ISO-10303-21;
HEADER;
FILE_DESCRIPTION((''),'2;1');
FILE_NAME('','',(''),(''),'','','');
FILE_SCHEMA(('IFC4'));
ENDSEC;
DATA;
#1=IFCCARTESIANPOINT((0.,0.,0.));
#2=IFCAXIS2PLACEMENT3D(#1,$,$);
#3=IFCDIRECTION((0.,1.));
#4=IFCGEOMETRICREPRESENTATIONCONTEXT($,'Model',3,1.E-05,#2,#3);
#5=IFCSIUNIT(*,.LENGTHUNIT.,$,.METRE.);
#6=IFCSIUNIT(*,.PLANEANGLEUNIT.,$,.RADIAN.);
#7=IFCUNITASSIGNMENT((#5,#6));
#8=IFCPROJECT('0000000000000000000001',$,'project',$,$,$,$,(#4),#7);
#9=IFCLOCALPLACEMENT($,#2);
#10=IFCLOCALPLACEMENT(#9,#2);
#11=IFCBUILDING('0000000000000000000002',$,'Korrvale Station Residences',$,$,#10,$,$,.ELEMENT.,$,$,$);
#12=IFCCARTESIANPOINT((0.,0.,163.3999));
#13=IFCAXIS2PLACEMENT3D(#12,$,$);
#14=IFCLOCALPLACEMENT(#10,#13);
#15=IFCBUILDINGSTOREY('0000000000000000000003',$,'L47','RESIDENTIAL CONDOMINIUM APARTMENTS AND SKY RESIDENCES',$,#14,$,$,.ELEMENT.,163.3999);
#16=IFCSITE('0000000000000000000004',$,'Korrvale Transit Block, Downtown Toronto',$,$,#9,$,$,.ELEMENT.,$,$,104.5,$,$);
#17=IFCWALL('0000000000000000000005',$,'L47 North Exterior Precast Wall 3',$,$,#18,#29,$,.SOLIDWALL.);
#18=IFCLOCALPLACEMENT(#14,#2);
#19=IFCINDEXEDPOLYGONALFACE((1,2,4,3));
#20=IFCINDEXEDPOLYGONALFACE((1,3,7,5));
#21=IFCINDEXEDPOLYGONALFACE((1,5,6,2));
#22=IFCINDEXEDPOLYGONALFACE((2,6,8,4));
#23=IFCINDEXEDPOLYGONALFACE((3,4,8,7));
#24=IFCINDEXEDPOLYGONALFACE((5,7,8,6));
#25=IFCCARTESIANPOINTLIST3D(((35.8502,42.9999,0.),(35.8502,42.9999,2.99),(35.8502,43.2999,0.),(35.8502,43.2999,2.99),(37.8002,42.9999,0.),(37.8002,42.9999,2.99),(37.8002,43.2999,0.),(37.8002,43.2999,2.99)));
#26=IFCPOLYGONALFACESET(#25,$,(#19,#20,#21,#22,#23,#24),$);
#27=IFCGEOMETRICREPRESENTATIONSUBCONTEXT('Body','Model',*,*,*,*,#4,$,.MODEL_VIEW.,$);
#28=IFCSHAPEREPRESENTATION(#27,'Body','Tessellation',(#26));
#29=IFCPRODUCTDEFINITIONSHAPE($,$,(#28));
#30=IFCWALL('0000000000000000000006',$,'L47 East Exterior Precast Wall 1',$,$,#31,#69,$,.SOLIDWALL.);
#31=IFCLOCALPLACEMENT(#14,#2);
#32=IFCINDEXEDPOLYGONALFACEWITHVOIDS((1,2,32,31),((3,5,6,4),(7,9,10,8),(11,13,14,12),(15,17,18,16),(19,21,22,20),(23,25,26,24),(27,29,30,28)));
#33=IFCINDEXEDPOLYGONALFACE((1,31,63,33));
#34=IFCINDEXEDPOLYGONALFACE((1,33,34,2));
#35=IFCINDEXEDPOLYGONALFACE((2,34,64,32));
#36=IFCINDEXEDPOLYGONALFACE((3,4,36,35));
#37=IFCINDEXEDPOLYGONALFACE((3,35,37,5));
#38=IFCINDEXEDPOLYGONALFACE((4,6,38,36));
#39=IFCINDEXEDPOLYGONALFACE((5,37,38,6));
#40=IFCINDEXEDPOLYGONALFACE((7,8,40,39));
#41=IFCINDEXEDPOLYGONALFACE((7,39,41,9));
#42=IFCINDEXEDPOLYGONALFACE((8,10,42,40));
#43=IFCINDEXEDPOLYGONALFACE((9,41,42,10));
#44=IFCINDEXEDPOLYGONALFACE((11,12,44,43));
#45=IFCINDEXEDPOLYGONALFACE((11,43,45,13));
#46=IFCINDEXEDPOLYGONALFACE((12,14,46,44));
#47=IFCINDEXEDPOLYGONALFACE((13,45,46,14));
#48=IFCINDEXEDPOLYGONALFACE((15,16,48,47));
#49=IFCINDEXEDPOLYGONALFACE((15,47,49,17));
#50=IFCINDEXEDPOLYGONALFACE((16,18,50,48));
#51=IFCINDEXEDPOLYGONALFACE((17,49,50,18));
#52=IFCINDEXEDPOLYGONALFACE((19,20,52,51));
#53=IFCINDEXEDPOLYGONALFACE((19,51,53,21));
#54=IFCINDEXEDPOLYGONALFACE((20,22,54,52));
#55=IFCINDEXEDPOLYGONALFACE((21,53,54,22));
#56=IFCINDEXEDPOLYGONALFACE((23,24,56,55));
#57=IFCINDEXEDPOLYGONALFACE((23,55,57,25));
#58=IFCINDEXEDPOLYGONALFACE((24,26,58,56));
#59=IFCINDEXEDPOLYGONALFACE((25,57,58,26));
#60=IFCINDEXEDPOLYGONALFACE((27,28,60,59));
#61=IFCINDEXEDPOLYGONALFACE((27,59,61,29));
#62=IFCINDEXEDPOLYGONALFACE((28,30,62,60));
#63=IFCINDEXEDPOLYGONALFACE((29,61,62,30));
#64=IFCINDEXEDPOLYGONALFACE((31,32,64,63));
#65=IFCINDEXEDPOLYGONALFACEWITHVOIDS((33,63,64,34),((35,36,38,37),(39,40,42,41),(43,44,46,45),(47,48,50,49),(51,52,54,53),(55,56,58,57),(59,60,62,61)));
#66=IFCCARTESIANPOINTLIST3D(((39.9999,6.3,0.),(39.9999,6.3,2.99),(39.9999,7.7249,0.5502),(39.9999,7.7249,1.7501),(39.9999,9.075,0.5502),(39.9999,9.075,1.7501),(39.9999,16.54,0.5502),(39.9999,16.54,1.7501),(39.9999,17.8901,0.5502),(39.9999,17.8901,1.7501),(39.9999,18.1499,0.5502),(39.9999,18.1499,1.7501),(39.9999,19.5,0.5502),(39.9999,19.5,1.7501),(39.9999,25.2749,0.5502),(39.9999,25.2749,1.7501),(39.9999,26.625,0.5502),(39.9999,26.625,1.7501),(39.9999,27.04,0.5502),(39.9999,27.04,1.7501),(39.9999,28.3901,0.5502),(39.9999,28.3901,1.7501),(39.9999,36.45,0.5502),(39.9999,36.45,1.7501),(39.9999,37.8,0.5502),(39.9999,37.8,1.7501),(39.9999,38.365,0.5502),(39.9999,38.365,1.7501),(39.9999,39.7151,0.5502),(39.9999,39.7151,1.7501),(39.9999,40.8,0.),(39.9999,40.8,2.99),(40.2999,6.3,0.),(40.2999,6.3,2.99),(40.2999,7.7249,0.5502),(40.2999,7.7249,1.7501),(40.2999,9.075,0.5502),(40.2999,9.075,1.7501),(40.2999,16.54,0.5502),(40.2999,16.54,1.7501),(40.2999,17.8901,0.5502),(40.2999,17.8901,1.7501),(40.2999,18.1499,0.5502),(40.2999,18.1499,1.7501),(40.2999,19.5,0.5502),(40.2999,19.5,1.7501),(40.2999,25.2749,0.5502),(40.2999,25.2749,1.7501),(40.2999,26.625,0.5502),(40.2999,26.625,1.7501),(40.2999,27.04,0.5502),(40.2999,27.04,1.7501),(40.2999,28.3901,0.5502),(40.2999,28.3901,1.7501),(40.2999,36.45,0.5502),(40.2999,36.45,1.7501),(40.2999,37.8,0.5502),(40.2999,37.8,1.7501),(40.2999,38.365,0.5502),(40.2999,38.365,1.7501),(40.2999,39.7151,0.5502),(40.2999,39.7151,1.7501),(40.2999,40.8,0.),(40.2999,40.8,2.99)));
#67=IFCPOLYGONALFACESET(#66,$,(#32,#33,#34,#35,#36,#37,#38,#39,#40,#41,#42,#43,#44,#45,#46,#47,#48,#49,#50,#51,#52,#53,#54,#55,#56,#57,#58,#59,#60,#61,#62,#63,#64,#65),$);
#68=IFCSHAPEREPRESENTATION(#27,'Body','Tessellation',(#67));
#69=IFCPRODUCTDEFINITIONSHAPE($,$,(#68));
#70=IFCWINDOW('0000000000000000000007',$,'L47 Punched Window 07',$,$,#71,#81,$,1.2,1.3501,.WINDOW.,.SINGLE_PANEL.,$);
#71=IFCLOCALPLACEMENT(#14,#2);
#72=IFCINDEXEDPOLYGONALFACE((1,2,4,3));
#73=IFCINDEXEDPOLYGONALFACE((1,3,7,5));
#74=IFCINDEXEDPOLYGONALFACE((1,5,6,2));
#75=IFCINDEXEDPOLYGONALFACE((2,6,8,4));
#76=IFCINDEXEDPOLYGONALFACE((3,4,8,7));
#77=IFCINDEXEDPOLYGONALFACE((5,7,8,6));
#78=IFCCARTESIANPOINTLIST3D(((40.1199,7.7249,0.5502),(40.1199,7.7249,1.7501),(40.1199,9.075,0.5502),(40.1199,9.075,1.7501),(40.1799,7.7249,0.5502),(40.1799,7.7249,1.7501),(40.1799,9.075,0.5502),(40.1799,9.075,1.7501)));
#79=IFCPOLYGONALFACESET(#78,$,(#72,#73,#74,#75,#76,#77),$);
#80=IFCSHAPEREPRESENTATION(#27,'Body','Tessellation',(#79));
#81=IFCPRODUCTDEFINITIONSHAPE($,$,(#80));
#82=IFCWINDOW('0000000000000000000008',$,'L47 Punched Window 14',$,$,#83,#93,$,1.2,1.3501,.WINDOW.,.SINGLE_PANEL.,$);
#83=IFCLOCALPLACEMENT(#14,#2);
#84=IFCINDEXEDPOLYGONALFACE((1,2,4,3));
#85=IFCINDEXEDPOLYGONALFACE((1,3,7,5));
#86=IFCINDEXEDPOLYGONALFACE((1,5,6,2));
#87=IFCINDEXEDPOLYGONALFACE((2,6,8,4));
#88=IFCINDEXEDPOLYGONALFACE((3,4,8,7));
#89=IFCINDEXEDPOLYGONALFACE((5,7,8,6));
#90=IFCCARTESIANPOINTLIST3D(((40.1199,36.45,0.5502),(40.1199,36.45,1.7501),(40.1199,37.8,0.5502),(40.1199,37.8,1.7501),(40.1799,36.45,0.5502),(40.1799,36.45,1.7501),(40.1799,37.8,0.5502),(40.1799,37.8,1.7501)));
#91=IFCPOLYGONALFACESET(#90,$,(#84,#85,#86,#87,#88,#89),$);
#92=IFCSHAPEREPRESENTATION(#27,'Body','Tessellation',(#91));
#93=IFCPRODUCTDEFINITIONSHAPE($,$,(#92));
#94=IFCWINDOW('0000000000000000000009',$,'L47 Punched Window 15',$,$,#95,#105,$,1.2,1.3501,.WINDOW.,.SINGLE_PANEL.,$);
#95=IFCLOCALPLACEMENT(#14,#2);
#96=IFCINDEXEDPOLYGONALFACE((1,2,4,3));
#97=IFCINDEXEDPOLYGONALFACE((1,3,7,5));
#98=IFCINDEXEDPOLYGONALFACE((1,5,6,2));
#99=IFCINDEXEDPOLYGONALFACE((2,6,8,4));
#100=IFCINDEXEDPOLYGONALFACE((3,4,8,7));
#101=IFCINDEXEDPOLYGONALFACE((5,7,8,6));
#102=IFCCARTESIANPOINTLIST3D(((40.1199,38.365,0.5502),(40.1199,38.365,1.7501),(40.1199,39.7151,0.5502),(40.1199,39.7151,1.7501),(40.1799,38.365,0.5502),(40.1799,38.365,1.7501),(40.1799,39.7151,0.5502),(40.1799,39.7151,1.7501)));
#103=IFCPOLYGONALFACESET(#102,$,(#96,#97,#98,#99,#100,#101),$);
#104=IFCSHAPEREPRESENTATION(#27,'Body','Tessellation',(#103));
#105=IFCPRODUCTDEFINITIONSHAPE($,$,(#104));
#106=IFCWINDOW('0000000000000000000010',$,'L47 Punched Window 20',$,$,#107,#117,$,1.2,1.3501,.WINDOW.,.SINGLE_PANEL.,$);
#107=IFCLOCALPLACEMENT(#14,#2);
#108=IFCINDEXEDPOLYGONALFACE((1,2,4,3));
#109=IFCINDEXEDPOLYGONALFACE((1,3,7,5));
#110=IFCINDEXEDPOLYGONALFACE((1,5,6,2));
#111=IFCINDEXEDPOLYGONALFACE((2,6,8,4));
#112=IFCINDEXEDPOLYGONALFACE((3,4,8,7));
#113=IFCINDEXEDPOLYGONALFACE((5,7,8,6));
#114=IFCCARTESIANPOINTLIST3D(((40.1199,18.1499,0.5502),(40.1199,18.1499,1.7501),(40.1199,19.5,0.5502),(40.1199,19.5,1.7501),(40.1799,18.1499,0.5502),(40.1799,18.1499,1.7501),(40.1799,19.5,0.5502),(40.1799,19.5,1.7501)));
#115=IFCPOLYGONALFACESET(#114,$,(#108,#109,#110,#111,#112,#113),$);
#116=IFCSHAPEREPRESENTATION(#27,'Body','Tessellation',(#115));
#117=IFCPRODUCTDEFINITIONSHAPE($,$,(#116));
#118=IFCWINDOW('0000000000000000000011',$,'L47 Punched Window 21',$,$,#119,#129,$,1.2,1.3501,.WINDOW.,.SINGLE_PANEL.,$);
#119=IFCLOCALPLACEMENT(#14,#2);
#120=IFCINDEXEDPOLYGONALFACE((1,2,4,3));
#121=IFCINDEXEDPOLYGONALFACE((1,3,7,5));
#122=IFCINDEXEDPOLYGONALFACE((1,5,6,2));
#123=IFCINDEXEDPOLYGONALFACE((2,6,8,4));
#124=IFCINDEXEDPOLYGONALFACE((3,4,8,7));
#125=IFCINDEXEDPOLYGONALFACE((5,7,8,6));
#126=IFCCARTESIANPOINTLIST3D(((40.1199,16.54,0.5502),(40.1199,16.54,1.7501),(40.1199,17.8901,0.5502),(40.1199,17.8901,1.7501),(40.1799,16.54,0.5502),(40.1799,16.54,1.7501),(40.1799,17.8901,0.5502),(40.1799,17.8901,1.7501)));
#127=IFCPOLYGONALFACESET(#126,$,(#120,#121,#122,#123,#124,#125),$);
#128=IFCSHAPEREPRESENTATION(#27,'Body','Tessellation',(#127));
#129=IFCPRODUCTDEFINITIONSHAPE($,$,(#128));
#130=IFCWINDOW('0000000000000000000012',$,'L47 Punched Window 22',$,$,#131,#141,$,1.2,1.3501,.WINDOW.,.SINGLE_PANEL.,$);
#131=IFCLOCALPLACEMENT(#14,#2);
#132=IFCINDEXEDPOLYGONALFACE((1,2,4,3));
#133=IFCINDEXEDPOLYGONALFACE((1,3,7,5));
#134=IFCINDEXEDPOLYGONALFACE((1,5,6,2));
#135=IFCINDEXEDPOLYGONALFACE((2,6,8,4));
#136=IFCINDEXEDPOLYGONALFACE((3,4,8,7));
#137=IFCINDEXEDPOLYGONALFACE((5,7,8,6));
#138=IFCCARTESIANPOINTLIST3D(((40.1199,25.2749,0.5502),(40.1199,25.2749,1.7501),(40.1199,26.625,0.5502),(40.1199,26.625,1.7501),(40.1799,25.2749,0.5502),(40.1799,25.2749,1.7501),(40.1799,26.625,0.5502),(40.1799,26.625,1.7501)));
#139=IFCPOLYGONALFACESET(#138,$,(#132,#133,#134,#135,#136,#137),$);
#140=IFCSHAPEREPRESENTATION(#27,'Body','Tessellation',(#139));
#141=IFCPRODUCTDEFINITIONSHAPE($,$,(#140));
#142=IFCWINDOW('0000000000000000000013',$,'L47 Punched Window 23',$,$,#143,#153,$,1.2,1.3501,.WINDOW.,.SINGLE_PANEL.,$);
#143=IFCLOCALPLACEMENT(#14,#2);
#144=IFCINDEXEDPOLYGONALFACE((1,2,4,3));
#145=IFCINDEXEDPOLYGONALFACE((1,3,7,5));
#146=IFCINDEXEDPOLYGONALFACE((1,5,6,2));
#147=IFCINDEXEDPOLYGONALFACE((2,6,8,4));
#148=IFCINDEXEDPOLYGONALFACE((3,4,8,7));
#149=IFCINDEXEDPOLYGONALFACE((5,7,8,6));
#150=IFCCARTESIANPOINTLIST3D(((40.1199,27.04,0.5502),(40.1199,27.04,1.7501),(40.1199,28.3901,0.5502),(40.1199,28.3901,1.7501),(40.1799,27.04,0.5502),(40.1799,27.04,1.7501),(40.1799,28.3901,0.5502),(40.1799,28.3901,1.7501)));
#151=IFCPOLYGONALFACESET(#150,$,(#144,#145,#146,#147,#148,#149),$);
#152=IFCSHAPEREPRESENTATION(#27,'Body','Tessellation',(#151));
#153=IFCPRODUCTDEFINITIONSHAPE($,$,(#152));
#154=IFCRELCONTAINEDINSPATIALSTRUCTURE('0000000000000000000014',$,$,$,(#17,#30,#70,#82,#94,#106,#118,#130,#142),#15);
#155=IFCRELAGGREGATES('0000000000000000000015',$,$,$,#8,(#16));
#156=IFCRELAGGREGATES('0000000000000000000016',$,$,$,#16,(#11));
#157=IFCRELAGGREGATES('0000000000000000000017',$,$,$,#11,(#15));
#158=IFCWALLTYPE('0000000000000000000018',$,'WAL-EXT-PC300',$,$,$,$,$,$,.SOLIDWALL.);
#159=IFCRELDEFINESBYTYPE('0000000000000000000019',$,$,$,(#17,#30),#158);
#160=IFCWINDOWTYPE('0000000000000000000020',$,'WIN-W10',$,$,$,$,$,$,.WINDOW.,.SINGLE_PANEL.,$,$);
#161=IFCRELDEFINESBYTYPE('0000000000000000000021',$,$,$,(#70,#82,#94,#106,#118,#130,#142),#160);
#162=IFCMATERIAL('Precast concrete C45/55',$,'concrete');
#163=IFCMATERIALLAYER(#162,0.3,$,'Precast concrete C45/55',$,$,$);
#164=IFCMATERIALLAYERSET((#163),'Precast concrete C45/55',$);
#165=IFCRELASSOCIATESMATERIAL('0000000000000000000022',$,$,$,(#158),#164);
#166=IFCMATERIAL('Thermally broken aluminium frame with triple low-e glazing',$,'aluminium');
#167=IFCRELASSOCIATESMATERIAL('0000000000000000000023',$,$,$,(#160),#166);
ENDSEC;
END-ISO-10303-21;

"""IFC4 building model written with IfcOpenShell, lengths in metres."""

from ifc_helpers import new_model, si_unit, direction, frame, frame_2d, origin, place, context, subcontext, project, spatial, rectangle, extrude, material, layer, layer_set, type_object, element, fill, save


model = new_model("IFC4")

# Units and contexts
model_context = context("Model", 3, precision=1e-05, world=origin(), true_north=direction((0.0, 1.0)))
body_context = subcontext(model_context, "Body", "Model", "MODEL_VIEW")
ifc_project = project(units=[si_unit("LENGTHUNIT", "METRE"), si_unit("PLANEANGLEUNIT", "RADIAN")], contexts=[model_context])

# Site, building, storey
site_placement = place(None, origin())
site = spatial("IfcSite", under=ifc_project, at=site_placement, Name="Korrvale Transit Block, Downtown Toronto", CompositionType="ELEMENT", RefElevation=104.5)
building_placement = place(site_placement, origin())
building = spatial("IfcBuilding", under=site, at=building_placement, Name="Korrvale Station Residences", CompositionType="ELEMENT")
storey_placement = place(building_placement, frame((0.0, 0.0, 163.3999)))
storey = spatial("IfcBuildingStorey", under=building, at=storey_placement, Name="L47", Description="RESIDENTIAL CONDOMINIUM APARTMENTS AND SKY RESIDENCES", CompositionType="ELEMENT", Elevation=163.3999)

# Wall
ifc_material_1 = material(Name="Precast concrete C45/55", Category="concrete")
ifc_layer_1 = layer(ifc_material_1, 0.3, Name="Precast concrete C45/55")
ifc_layer_set_1 = layer_set([ifc_layer_1], Name="Precast concrete C45/55")
wall_type_1 = type_object("IfcWallType", Name="WAL-EXT-PC300", PredefinedType="SOLIDWALL", material=ifc_layer_set_1)
wall_1_placement = place(storey_placement, frame((35.8501, 43.1499, 0.0), z_axis=(0.0, 0.0, 1.0), x_axis=(1.0, 0.0, 0.0)))
element("IfcWall", 1, at=wall_1_placement, inside=storey, type_object=wall_type_1, Name="L47 North Exterior Precast Wall 3", PredefinedType="SOLIDWALL", context=body_context, shape_type="SweptSolid", body=[
    extrude(rectangle(XDim=1.95, YDim=0.3, at=frame_2d((0.9751, 0.0))), origin(), (0.0, 0.0, 1.0), 2.99),
])

# Wall, openings, windows
wall_2_placement = place(storey_placement, frame((40.1499, 40.8, 0.0), z_axis=(0.0, 0.0, 1.0), x_axis=(0.0, -1.0, 0.0)))
wall_2 = element("IfcWall", 2, at=wall_2_placement, inside=storey, type_object=wall_type_1, Name="L47 East Exterior Precast Wall 1", PredefinedType="SOLIDWALL", context=body_context, shape_type="SweptSolid", body=[
    extrude(rectangle(XDim=34.5, YDim=0.3, at=frame_2d((17.25, 0.0))), origin(), (0.0, 0.0, 1.0), 2.99),
])
opening_1_placement = place(wall_2_placement, frame((31.7251, 0.0, 0.55)))
opening_1 = element("IfcOpeningElement", 3, at=opening_1_placement, cuts=wall_2, PredefinedType="OPENING", context=body_context, shape_type="SweptSolid", body=[
    extrude(rectangle(XDim=1.3501, YDim=1.2, at=frame_2d((0.675, 0.6001))), frame((0.0, 0.1602, 0.0), z_axis=(0.0, -1.0, 0.0), x_axis=(1.0, 0.0, 0.0)), (0.0, 0.0, 1.0), 0.3201),
])
opening_2_placement = place(wall_2_placement, frame((3.0, 0.0, 0.55)))
opening_2 = element("IfcOpeningElement", 4, at=opening_2_placement, cuts=wall_2, PredefinedType="OPENING", context=body_context, shape_type="SweptSolid", body=[
    extrude(rectangle(XDim=1.3501, YDim=1.2, at=frame_2d((0.675, 0.6001))), frame((0.0, 0.1602, 0.0), z_axis=(0.0, -1.0, 0.0), x_axis=(1.0, 0.0, 0.0)), (0.0, 0.0, 1.0), 0.3201),
])
opening_3_placement = place(wall_2_placement, frame((1.085, 0.0, 0.55)))
opening_3 = element("IfcOpeningElement", 5, at=opening_3_placement, cuts=wall_2, PredefinedType="OPENING", context=body_context, shape_type="SweptSolid", body=[
    extrude(rectangle(XDim=1.3501, YDim=1.2, at=frame_2d((0.675, 0.6001))), frame((0.0, 0.1602, 0.0), z_axis=(0.0, -1.0, 0.0), x_axis=(1.0, 0.0, 0.0)), (0.0, 0.0, 1.0), 0.3201),
])
opening_4_placement = place(wall_2_placement, frame((21.3, 0.0, 0.55)))
opening_4 = element("IfcOpeningElement", 6, at=opening_4_placement, cuts=wall_2, PredefinedType="OPENING", context=body_context, shape_type="SweptSolid", body=[
    extrude(rectangle(XDim=1.3501, YDim=1.2, at=frame_2d((0.675, 0.6001))), frame((0.0, 0.1602, 0.0), z_axis=(0.0, -1.0, 0.0), x_axis=(1.0, 0.0, 0.0)), (0.0, 0.0, 1.0), 0.3201),
])
opening_5_placement = place(wall_2_placement, frame((22.9099, 0.0, 0.55)))
opening_5 = element("IfcOpeningElement", 7, at=opening_5_placement, cuts=wall_2, PredefinedType="OPENING", context=body_context, shape_type="SweptSolid", body=[
    extrude(rectangle(XDim=1.3501, YDim=1.2, at=frame_2d((0.675, 0.6001))), frame((0.0, 0.1602, 0.0), z_axis=(0.0, -1.0, 0.0), x_axis=(1.0, 0.0, 0.0)), (0.0, 0.0, 1.0), 0.3201),
])
opening_6_placement = place(wall_2_placement, frame((14.175, 0.0, 0.55)))
opening_6 = element("IfcOpeningElement", 8, at=opening_6_placement, cuts=wall_2, PredefinedType="OPENING", context=body_context, shape_type="SweptSolid", body=[
    extrude(rectangle(XDim=1.3501, YDim=1.2, at=frame_2d((0.675, 0.6001))), frame((0.0, 0.1602, 0.0), z_axis=(0.0, -1.0, 0.0), x_axis=(1.0, 0.0, 0.0)), (0.0, 0.0, 1.0), 0.3201),
])
opening_7_placement = place(wall_2_placement, frame((12.4099, 0.0, 0.55)))
opening_7 = element("IfcOpeningElement", 9, at=opening_7_placement, cuts=wall_2, PredefinedType="OPENING", context=body_context, shape_type="SweptSolid", body=[
    extrude(rectangle(XDim=1.3501, YDim=1.2, at=frame_2d((0.675, 0.6001))), frame((0.0, 0.1602, 0.0), z_axis=(0.0, -1.0, 0.0), x_axis=(1.0, 0.0, 0.0)), (0.0, 0.0, 1.0), 0.3201),
])
ifc_material_2 = material(Name="Thermally broken aluminium frame with triple low-e glazing", Category="aluminium")
window_type = type_object("IfcWindowType", Name="WIN-W10", PartitioningType="SINGLE_PANEL", PredefinedType="WINDOW", material=ifc_material_2)
window_1_placement = place(opening_1_placement, origin())
window_1 = element("IfcWindow", 10, at=window_1_placement, inside=storey, type_object=window_type, Name="L47 Punched Window 07", OverallHeight=1.2, OverallWidth=1.3501, PartitioningType="SINGLE_PANEL", PredefinedType="WINDOW", context=body_context, shape_type="SweptSolid", body=[
    extrude(rectangle(XDim=1.3501, YDim=1.2, at=frame_2d((0.675, 0.6001))), frame((0.0, 0.03, 0.0), z_axis=(0.0, -1.0, 0.0), x_axis=(1.0, 0.0, 0.0)), (0.0, 0.0, 1.0), 0.0601),
])
fill(opening_1, window_1)
window_2_placement = place(opening_2_placement, origin())
window_2 = element("IfcWindow", 11, at=window_2_placement, inside=storey, type_object=window_type, Name="L47 Punched Window 14", OverallHeight=1.2, OverallWidth=1.3501, PartitioningType="SINGLE_PANEL", PredefinedType="WINDOW", context=body_context, shape_type="SweptSolid", body=[
    extrude(rectangle(XDim=1.3501, YDim=1.2, at=frame_2d((0.675, 0.6001))), frame((0.0, 0.03, 0.0), z_axis=(0.0, -1.0, 0.0), x_axis=(1.0, 0.0, 0.0)), (0.0, 0.0, 1.0), 0.0601),
])
fill(opening_2, window_2)
window_3_placement = place(opening_3_placement, origin())
window_3 = element("IfcWindow", 12, at=window_3_placement, inside=storey, type_object=window_type, Name="L47 Punched Window 15", OverallHeight=1.2, OverallWidth=1.3501, PartitioningType="SINGLE_PANEL", PredefinedType="WINDOW", context=body_context, shape_type="SweptSolid", body=[
    extrude(rectangle(XDim=1.3501, YDim=1.2, at=frame_2d((0.675, 0.6001))), frame((0.0, 0.03, 0.0), z_axis=(0.0, -1.0, 0.0), x_axis=(1.0, 0.0, 0.0)), (0.0, 0.0, 1.0), 0.0601),
])
fill(opening_3, window_3)
window_4_placement = place(opening_4_placement, origin())
window_4 = element("IfcWindow", 13, at=window_4_placement, inside=storey, type_object=window_type, Name="L47 Punched Window 20", OverallHeight=1.2, OverallWidth=1.3501, PartitioningType="SINGLE_PANEL", PredefinedType="WINDOW", context=body_context, shape_type="SweptSolid", body=[
    extrude(rectangle(XDim=1.3501, YDim=1.2, at=frame_2d((0.675, 0.6001))), frame((0.0, 0.03, 0.0), z_axis=(0.0, -1.0, 0.0), x_axis=(1.0, 0.0, 0.0)), (0.0, 0.0, 1.0), 0.0601),
])
fill(opening_4, window_4)
window_5_placement = place(opening_5_placement, origin())
window_5 = element("IfcWindow", 14, at=window_5_placement, inside=storey, type_object=window_type, Name="L47 Punched Window 21", OverallHeight=1.2, OverallWidth=1.3501, PartitioningType="SINGLE_PANEL", PredefinedType="WINDOW", context=body_context, shape_type="SweptSolid", body=[
    extrude(rectangle(XDim=1.3501, YDim=1.2, at=frame_2d((0.675, 0.6001))), frame((0.0, 0.03, 0.0), z_axis=(0.0, -1.0, 0.0), x_axis=(1.0, 0.0, 0.0)), (0.0, 0.0, 1.0), 0.0601),
])
fill(opening_5, window_5)
window_6_placement = place(opening_6_placement, origin())
window_6 = element("IfcWindow", 15, at=window_6_placement, inside=storey, type_object=window_type, Name="L47 Punched Window 22", OverallHeight=1.2, OverallWidth=1.3501, PartitioningType="SINGLE_PANEL", PredefinedType="WINDOW", context=body_context, shape_type="SweptSolid", body=[
    extrude(rectangle(XDim=1.3501, YDim=1.2, at=frame_2d((0.675, 0.6001))), frame((0.0, 0.03, 0.0), z_axis=(0.0, -1.0, 0.0), x_axis=(1.0, 0.0, 0.0)), (0.0, 0.0, 1.0), 0.0601),
])
fill(opening_6, window_6)
window_7_placement = place(opening_7_placement, origin())
window_7 = element("IfcWindow", 16, at=window_7_placement, inside=storey, type_object=window_type, Name="L47 Punched Window 23", OverallHeight=1.2, OverallWidth=1.3501, PartitioningType="SINGLE_PANEL", PredefinedType="WINDOW", context=body_context, shape_type="SweptSolid", body=[
    extrude(rectangle(XDim=1.3501, YDim=1.2, at=frame_2d((0.675, 0.6001))), frame((0.0, 0.03, 0.0), z_axis=(0.0, -1.0, 0.0), x_axis=(1.0, 0.0, 0.0)), (0.0, 0.0, 1.0), 0.0601),
])
fill(opening_7, window_7)

save(model, "model.ifc")
